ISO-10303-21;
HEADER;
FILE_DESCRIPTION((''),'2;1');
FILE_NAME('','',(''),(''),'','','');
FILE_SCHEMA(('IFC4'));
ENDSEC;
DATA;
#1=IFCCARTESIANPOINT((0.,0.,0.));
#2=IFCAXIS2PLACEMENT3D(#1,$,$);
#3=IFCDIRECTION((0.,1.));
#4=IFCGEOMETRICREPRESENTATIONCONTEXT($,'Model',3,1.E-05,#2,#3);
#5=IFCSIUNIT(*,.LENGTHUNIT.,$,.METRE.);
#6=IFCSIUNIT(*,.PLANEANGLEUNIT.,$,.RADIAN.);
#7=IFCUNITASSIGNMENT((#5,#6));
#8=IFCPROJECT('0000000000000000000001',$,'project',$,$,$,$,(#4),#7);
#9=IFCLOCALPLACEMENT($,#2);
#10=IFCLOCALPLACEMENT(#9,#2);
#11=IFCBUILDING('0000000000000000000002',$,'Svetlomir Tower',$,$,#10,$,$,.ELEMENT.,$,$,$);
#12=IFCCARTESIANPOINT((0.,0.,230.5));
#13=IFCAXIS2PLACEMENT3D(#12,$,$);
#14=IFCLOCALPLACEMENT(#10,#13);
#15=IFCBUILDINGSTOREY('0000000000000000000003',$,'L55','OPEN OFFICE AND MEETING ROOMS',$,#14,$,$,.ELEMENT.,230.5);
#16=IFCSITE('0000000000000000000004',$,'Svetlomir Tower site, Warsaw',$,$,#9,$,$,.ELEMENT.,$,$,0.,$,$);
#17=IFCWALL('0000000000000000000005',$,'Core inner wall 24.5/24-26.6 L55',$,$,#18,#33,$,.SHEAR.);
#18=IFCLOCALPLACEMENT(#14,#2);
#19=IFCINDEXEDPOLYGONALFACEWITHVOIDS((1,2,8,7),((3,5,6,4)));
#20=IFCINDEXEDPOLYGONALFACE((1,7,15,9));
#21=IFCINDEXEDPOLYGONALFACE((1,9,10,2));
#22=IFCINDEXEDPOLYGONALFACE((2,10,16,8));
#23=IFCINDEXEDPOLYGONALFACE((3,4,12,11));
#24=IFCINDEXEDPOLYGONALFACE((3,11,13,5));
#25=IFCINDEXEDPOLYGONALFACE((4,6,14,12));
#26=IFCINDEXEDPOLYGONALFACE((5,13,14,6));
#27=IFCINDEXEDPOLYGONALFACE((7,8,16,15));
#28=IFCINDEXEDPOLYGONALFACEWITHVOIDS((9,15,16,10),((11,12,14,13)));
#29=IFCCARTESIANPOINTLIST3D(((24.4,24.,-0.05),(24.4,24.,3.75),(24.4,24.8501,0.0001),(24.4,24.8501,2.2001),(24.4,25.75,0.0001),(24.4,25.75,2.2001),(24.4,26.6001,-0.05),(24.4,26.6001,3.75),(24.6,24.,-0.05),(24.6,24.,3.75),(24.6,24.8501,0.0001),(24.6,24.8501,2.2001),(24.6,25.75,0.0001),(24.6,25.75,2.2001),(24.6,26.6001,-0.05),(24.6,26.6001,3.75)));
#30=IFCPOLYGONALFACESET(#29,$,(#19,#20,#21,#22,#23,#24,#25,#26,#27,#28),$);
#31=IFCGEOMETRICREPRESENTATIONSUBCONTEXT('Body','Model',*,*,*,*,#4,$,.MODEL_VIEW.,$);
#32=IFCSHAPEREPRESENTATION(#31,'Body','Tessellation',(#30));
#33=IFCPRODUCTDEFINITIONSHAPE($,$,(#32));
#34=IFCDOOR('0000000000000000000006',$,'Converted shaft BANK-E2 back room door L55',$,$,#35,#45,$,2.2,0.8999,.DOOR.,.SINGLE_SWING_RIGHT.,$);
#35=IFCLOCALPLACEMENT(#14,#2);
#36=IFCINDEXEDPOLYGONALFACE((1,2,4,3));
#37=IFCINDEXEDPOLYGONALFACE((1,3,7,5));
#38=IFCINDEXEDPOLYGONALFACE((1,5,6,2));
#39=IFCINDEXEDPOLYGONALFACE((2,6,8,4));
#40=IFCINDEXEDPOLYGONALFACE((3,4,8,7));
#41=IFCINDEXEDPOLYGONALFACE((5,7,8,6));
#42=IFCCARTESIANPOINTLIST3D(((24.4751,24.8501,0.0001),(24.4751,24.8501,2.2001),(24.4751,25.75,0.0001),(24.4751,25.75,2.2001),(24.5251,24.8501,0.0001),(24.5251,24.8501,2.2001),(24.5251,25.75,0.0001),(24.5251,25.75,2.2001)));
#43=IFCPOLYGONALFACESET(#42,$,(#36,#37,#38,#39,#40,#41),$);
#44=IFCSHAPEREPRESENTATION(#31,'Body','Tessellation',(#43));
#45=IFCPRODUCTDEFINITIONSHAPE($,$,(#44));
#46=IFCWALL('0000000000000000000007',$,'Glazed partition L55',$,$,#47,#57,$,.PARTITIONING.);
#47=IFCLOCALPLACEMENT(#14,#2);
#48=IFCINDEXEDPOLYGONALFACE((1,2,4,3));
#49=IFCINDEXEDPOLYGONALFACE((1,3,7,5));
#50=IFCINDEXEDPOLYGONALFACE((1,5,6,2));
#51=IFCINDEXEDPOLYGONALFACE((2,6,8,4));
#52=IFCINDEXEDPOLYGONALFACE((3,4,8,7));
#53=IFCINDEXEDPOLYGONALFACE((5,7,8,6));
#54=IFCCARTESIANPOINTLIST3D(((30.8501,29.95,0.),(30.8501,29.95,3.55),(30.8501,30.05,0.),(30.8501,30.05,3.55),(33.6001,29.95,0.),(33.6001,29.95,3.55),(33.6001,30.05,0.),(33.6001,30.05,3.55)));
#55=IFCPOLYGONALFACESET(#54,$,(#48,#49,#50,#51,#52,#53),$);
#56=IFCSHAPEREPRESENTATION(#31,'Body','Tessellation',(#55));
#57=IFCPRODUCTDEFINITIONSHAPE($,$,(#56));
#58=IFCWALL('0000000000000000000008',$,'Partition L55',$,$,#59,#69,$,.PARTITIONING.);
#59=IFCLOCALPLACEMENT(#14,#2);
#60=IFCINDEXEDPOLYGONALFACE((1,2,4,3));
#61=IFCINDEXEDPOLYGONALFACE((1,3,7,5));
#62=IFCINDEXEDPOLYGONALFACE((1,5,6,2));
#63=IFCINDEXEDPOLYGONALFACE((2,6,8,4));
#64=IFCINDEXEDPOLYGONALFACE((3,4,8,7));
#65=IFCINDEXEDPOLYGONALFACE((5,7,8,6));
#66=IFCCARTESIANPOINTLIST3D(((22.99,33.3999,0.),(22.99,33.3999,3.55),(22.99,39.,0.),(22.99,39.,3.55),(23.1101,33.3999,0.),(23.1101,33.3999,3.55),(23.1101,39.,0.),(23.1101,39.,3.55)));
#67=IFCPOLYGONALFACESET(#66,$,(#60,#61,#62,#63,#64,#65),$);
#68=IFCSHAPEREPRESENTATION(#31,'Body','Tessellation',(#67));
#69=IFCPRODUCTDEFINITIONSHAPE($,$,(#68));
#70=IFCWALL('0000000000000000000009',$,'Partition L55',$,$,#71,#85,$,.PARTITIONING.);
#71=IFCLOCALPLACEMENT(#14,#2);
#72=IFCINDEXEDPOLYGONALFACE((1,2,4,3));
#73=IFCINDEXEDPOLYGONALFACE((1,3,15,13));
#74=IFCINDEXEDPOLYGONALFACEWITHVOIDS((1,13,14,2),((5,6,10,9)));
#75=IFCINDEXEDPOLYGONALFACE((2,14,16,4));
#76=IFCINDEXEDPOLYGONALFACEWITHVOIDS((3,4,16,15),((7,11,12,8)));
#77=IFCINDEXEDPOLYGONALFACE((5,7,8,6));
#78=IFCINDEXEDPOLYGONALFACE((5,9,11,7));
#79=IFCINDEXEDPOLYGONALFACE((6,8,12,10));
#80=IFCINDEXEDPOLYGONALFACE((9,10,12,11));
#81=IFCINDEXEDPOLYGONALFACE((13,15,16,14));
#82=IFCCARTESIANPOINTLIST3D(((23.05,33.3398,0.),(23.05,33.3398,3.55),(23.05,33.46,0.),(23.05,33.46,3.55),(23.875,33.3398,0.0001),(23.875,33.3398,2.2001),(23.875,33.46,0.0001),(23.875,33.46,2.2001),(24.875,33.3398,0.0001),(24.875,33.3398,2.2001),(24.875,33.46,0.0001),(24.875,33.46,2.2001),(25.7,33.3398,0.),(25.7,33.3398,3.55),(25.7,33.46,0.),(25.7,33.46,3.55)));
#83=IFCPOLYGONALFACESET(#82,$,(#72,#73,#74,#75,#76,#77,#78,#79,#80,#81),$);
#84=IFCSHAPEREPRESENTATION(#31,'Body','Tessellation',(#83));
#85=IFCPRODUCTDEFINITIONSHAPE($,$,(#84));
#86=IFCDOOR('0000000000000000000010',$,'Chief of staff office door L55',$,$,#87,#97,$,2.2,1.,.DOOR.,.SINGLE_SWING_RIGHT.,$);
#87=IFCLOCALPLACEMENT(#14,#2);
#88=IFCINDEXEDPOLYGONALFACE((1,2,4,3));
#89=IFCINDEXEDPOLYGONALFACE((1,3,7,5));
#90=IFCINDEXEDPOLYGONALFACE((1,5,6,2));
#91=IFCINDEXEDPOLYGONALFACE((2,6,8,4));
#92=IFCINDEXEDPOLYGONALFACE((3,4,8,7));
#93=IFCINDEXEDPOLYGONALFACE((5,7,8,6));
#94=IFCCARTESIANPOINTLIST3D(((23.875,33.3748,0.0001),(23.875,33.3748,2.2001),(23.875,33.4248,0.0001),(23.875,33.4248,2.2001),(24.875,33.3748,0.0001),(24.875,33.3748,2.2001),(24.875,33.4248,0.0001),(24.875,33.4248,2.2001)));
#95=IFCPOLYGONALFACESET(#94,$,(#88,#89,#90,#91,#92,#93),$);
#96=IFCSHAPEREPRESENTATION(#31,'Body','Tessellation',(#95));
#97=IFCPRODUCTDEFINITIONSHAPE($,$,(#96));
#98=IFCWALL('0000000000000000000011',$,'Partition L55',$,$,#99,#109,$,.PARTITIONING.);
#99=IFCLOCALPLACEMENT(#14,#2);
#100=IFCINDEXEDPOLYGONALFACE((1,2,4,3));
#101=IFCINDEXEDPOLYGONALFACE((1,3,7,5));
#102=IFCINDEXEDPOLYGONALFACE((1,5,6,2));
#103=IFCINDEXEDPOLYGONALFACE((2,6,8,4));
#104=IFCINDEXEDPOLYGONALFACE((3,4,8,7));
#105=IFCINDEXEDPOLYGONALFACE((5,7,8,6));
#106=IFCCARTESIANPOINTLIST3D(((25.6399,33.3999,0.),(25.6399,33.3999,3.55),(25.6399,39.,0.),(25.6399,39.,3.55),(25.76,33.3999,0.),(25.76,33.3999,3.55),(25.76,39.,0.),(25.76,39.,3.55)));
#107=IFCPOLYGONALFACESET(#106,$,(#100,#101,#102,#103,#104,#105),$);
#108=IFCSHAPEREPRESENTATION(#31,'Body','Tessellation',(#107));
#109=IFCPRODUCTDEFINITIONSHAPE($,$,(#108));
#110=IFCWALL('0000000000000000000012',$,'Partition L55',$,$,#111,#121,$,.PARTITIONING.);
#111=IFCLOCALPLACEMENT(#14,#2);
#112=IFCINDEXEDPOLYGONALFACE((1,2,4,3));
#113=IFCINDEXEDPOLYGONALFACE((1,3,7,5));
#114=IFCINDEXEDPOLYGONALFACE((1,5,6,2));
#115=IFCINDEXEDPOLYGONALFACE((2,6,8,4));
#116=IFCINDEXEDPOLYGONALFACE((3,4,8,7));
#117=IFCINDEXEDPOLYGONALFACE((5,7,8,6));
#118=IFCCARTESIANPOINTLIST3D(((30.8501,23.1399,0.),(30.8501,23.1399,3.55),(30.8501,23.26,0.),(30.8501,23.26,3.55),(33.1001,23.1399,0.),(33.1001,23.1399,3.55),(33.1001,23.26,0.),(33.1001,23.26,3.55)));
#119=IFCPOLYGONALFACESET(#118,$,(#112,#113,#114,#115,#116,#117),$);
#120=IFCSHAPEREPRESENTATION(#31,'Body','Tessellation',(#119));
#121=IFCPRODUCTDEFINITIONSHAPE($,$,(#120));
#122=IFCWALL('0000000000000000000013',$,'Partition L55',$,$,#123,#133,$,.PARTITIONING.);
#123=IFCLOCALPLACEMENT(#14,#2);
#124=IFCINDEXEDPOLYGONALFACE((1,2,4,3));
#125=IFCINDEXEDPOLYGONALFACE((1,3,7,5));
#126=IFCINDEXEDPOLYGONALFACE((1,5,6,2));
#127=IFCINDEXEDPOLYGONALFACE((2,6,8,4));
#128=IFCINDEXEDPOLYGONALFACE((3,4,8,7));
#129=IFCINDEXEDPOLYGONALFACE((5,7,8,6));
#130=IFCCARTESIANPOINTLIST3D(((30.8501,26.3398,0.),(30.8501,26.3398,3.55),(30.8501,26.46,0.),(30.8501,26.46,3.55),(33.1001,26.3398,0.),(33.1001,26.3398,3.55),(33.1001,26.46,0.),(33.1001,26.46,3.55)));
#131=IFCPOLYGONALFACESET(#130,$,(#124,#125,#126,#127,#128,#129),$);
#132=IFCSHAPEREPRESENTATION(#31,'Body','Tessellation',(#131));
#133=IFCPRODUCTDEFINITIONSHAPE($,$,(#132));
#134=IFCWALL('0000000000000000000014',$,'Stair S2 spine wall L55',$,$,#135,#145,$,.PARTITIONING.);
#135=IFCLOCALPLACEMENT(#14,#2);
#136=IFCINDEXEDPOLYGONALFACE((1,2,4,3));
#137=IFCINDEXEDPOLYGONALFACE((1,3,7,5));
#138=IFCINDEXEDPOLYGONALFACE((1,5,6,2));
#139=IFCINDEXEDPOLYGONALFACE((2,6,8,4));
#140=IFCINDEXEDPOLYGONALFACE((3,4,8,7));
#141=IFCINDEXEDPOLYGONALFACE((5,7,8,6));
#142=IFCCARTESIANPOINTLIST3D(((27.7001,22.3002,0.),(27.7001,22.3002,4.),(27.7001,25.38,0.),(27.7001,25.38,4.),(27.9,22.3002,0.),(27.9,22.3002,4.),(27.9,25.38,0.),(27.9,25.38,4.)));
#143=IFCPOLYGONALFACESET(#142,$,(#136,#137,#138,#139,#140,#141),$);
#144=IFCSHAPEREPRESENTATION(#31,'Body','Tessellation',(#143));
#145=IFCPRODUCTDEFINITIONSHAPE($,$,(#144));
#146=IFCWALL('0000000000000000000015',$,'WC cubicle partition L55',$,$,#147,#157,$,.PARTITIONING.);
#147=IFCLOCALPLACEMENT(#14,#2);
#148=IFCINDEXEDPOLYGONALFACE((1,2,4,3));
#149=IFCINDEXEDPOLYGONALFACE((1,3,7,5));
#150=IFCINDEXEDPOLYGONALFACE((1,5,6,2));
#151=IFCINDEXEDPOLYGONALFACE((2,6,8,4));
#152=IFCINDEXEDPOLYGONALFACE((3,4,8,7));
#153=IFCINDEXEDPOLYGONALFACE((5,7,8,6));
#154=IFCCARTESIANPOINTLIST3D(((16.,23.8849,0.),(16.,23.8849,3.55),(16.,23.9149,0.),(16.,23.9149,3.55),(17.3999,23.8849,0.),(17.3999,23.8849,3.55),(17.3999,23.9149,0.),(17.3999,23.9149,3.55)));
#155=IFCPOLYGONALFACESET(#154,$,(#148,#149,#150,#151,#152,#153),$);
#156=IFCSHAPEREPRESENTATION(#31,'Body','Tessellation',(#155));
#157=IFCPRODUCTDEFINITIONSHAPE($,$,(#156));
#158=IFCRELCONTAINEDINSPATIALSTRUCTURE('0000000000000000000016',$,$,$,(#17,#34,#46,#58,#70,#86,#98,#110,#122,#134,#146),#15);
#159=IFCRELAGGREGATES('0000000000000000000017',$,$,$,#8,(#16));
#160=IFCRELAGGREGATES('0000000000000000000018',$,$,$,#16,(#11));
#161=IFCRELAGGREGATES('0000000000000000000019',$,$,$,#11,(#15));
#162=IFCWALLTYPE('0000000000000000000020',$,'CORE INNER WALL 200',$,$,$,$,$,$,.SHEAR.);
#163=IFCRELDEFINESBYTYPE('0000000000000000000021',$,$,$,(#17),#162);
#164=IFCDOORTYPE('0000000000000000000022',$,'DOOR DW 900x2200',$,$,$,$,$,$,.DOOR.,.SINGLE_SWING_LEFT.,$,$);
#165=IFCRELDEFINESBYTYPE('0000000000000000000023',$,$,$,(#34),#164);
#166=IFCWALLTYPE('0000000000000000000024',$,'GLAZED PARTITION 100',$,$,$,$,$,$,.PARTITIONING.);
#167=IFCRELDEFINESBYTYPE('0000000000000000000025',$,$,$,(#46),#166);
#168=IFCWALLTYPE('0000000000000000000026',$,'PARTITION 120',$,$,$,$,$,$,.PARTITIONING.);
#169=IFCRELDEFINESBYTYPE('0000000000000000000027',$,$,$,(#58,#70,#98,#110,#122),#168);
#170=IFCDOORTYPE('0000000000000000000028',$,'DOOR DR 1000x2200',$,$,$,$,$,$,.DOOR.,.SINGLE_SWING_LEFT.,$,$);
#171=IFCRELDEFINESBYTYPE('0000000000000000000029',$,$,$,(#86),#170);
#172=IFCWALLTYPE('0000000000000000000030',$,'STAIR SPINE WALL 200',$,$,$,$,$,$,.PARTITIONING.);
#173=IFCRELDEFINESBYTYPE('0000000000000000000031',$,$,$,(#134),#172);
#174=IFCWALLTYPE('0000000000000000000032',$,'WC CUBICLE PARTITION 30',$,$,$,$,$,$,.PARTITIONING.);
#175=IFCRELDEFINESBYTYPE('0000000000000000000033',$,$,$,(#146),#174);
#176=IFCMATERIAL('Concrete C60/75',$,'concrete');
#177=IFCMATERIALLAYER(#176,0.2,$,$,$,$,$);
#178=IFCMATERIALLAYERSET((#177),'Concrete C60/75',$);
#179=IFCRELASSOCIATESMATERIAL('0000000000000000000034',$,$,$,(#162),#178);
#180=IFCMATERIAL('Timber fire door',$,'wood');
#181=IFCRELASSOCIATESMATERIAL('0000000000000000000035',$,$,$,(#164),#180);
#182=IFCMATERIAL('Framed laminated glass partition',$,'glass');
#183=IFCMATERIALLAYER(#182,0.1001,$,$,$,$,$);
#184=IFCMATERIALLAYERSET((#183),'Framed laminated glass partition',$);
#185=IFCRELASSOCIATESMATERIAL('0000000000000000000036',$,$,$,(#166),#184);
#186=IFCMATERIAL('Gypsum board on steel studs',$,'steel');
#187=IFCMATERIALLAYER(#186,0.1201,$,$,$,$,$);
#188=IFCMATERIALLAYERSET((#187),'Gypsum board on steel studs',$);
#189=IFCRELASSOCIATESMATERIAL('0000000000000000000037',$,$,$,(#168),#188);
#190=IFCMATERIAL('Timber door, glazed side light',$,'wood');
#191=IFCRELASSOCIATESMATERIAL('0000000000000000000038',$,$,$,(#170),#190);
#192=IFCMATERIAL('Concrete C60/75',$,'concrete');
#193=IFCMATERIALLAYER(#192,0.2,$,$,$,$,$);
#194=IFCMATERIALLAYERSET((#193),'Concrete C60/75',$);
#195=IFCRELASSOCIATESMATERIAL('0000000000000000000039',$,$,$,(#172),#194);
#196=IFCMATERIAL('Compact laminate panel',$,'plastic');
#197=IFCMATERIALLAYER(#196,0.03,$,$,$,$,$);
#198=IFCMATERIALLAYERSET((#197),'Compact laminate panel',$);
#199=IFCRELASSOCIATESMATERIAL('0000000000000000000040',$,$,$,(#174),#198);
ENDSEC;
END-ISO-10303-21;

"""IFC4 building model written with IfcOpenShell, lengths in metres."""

from ifc_helpers import new_model, si_unit, direction, frame, frame_2d, origin, place, context, subcontext, project, spatial, rectangle, extrude, material, layer, layer_set, type_object, element, fill, save


model = new_model("IFC4")

# Units and contexts
model_context = context("Model", 3, precision=1e-05, world=origin(), true_north=direction((0.0, 1.0)))
body_context = subcontext(model_context, "Body", "Model", "MODEL_VIEW")
ifc_project = project(units=[si_unit("LENGTHUNIT", "METRE"), si_unit("PLANEANGLEUNIT", "RADIAN")], contexts=[model_context])

# Site, building, storey
site_placement = place(None, origin())
site = spatial("IfcSite", under=ifc_project, at=site_placement, Name="Svetlomir Tower site, Warsaw", CompositionType="ELEMENT", RefElevation=0.0)
building_placement = place(site_placement, origin())
building = spatial("IfcBuilding", under=site, at=building_placement, Name="Svetlomir Tower", CompositionType="ELEMENT")
storey_placement = place(building_placement, frame((0.0, 0.0, 230.5)))
storey = spatial("IfcBuildingStorey", under=building, at=storey_placement, Name="L55", Description="OPEN OFFICE AND MEETING ROOMS", CompositionType="ELEMENT", Elevation=230.5)

# Shared definitions
ifc_material_1 = material(Name="Concrete C60/75", Category="concrete")
ifc_layer_1 = layer(ifc_material_1, 0.2)
ifc_layer_set_1 = layer_set([ifc_layer_1], Name="Concrete C60/75")
wall_type_1 = type_object("IfcWallType", Name="CORE INNER WALL 200", PredefinedType="SHEAR", material=ifc_layer_set_1)

# Wall, opening, door
ifc_material_2 = material(Name="Timber fire door", Category="wood")
door_type_1 = type_object("IfcDoorType", Name="DOOR DW 900x2200", OperationType="SINGLE_SWING_LEFT", PredefinedType="DOOR", material=ifc_material_2)
wall_1_placement = place(storey_placement, frame((24.5, 24.0, -0.05), z_axis=(0.0, 0.0, 1.0), x_axis=(0.0, 1.0, 0.0)))
wall_1 = element("IfcWall", 1, at=wall_1_placement, inside=storey, type_object=wall_type_1, Name="Core inner wall 24.5/24-26.6 L55", PredefinedType="SHEAR", context=body_context, shape_type="SweptSolid", body=[
    extrude(rectangle(XDim=2.6001, YDim=0.2, at=frame_2d((1.3, 0.0))), origin(), (0.0, 0.0, 1.0), 3.8),
])
opening_1_placement = place(wall_1_placement, frame((0.8501, 0.0, 0.05)))
opening_1 = element("IfcOpeningElement", 2, at=opening_1_placement, cuts=wall_1, PredefinedType="OPENING", context=body_context, shape_type="SweptSolid", body=[
    extrude(rectangle(XDim=0.8999, YDim=2.2, at=frame_2d((0.45, 1.1001))), frame((0.0, 0.1099, 0.0), z_axis=(0.0, -1.0, 0.0), x_axis=(1.0, 0.0, 0.0)), (0.0, 0.0, 1.0), 0.22),
])
door_1_placement = place(opening_1_placement, origin())
door_1 = element("IfcDoor", 3, at=door_1_placement, inside=storey, type_object=door_type_1, Name="Converted shaft BANK-E2 back room door L55", OperationType="SINGLE_SWING_RIGHT", OverallHeight=2.2, OverallWidth=0.8999, PredefinedType="DOOR", context=body_context, shape_type="SweptSolid", body=[
    extrude(rectangle(XDim=0.8999, YDim=2.2, at=frame_2d((0.45, 1.1001))), frame((0.0, 0.0249, 0.0), z_axis=(0.0, -1.0, 0.0), x_axis=(1.0, 0.0, 0.0)), (0.0, 0.0, 1.0), 0.05),
])
fill(opening_1, door_1)

# Walls
ifc_material_3 = material(Name="Framed laminated glass partition", Category="glass")
ifc_layer_2 = layer(ifc_material_3, 0.1001)
ifc_layer_set_2 = layer_set([ifc_layer_2], Name="Framed laminated glass partition")
wall_type_2 = type_object("IfcWallType", Name="GLAZED PARTITION 100", PredefinedType="PARTITIONING", material=ifc_layer_set_2)
wall_2_placement = place(storey_placement, frame((30.8501, 30.0, 0.0), z_axis=(0.0, 0.0, 1.0), x_axis=(1.0, 0.0, 0.0)))
element("IfcWall", 4, at=wall_2_placement, inside=storey, type_object=wall_type_2, Name="Glazed partition L55", PredefinedType="PARTITIONING", context=body_context, shape_type="SweptSolid", body=[
    extrude(rectangle(XDim=2.75, YDim=0.1001, at=frame_2d((1.375, 0.0))), origin(), (0.0, 0.0, 1.0), 3.55),
])
ifc_material_4 = material(Name="Gypsum board on steel studs", Category="steel")
ifc_layer_3 = layer(ifc_material_4, 0.1201)
ifc_layer_set_3 = layer_set([ifc_layer_3], Name="Gypsum board on steel studs")
wall_type_3 = type_object("IfcWallType", Name="PARTITION 120", PredefinedType="PARTITIONING", material=ifc_layer_set_3)
wall_3_placement = place(storey_placement, frame((23.05, 33.3999, 0.0), z_axis=(0.0, 0.0, 1.0), x_axis=(0.0, 1.0, 0.0)))
element("IfcWall", 5, at=wall_3_placement, inside=storey, type_object=wall_type_3, Name="Partition L55", PredefinedType="PARTITIONING", context=body_context, shape_type="SweptSolid", body=[
    extrude(rectangle(XDim=5.6001, YDim=0.1201, at=frame_2d((2.8, 0.0))), origin(), (0.0, 0.0, 1.0), 3.55),
])

# Wall, opening, door
wall_4_placement = place(storey_placement, frame((23.05, 33.3999, 0.0), z_axis=(0.0, 0.0, 1.0), x_axis=(1.0, 0.0, 0.0)))
wall_4 = element("IfcWall", 6, at=wall_4_placement, inside=storey, type_object=wall_type_3, Name="Partition L55", PredefinedType="PARTITIONING", context=body_context, shape_type="SweptSolid", body=[
    extrude(rectangle(XDim=2.6499, YDim=0.1201, at=frame_2d((1.325, 0.0))), origin(), (0.0, 0.0, 1.0), 3.55),
])
opening_2_placement = place(wall_4_placement, frame((0.825, 0.0, 0.0)))
opening_2 = element("IfcOpeningElement", 7, at=opening_2_placement, cuts=wall_4, PredefinedType="OPENING", context=body_context, shape_type="SweptSolid", body=[
    extrude(rectangle(XDim=1.0, YDim=2.2, at=frame_2d((0.5, 1.1001))), frame((0.0, 0.0701, 0.0), z_axis=(0.0, -1.0, 0.0), x_axis=(1.0, 0.0, 0.0)), (0.0, 0.0, 1.0), 0.1401),
])
ifc_material_5 = material(Name="Timber door, glazed side light", Category="wood")
door_type_2 = type_object("IfcDoorType", Name="DOOR DR 1000x2200", OperationType="SINGLE_SWING_LEFT", PredefinedType="DOOR", material=ifc_material_5)
door_2_placement = place(opening_2_placement, origin())
door_2 = element("IfcDoor", 8, at=door_2_placement, inside=storey, type_object=door_type_2, Name="Chief of staff office door L55", OperationType="SINGLE_SWING_RIGHT", OverallHeight=2.2, OverallWidth=1.0, PredefinedType="DOOR", context=body_context, shape_type="SweptSolid", body=[
    extrude(rectangle(XDim=1.0, YDim=2.2, at=frame_2d((0.5, 1.1001))), frame((0.0, 0.0249, 0.0), z_axis=(0.0, -1.0, 0.0), x_axis=(1.0, 0.0, 0.0)), (0.0, 0.0, 1.0), 0.05),
])
fill(opening_2, door_2)

# Walls
wall_5_placement = place(storey_placement, frame((25.7, 33.3999, 0.0), z_axis=(0.0, 0.0, 1.0), x_axis=(0.0, 1.0, 0.0)))
element("IfcWall", 9, at=wall_5_placement, inside=storey, type_object=wall_type_3, Name="Partition L55", PredefinedType="PARTITIONING", context=body_context, shape_type="SweptSolid", body=[
    extrude(rectangle(XDim=5.6001, YDim=0.1201, at=frame_2d((2.8, 0.0))), origin(), (0.0, 0.0, 1.0), 3.55),
])
for number, where, z_axis, x_axis, name in (
    (10, (30.8501, 23.2, 0.0), (0.0, 0.0, 1.0), (1.0, 0.0, 0.0), "Partition L55"),
    (11, (30.8501, 26.3999, 0.0), (0.0, 0.0, 1.0), (1.0, 0.0, 0.0), "Partition L55"),
):
    element("IfcWall", number, at=place(storey_placement, frame(where, z_axis=z_axis, x_axis=x_axis)), inside=storey, type_object=wall_type_3, Name=name, PredefinedType="PARTITIONING", context=body_context, shape_type="SweptSolid", body=[
        extrude(rectangle(XDim=2.25, YDim=0.1201, at=frame_2d((1.125, 0.0))), origin(), (0.0, 0.0, 1.0), 3.55),
    ])
ifc_material_6 = material(Name="Concrete C60/75", Category="concrete")
ifc_layer_4 = layer(ifc_material_6, 0.2)
ifc_layer_set_4 = layer_set([ifc_layer_4], Name="Concrete C60/75")
wall_type_4 = type_object("IfcWallType", Name="STAIR SPINE WALL 200", PredefinedType="PARTITIONING", material=ifc_layer_set_4)
wall_6_placement = place(storey_placement, frame((27.8, 22.3, 0.0), z_axis=(0.0, 0.0, 1.0), x_axis=(0.0, 1.0, 0.0)))
element("IfcWall", 12, at=wall_6_placement, inside=storey, type_object=wall_type_4, Name="Stair S2 spine wall L55", PredefinedType="PARTITIONING", context=body_context, shape_type="SweptSolid", body=[
    extrude(rectangle(XDim=3.0798, YDim=0.2, at=frame_2d((1.54, 0.0))), origin(), (0.0, 0.0, 1.0), 4.0),
])
ifc_material_7 = material(Name="Compact laminate panel", Category="plastic")
ifc_layer_5 = layer(ifc_material_7, 0.03)
ifc_layer_set_5 = layer_set([ifc_layer_5], Name="Compact laminate panel")
wall_type_5 = type_object("IfcWallType", Name="WC CUBICLE PARTITION 30", PredefinedType="PARTITIONING", material=ifc_layer_set_5)
wall_7_placement = place(storey_placement, frame((16.0, 23.8999, 0.0), z_axis=(0.0, 0.0, 1.0), x_axis=(1.0, 0.0, 0.0)))
element("IfcWall", 13, at=wall_7_placement, inside=storey, type_object=wall_type_5, Name="WC cubicle partition L55", PredefinedType="PARTITIONING", context=body_context, shape_type="SweptSolid", body=[
    extrude(rectangle(XDim=1.3999, YDim=0.03, at=frame_2d((0.7, 0.0))), origin(), (0.0, 0.0, 1.0), 3.55),
])

save(model, "model.ifc")
